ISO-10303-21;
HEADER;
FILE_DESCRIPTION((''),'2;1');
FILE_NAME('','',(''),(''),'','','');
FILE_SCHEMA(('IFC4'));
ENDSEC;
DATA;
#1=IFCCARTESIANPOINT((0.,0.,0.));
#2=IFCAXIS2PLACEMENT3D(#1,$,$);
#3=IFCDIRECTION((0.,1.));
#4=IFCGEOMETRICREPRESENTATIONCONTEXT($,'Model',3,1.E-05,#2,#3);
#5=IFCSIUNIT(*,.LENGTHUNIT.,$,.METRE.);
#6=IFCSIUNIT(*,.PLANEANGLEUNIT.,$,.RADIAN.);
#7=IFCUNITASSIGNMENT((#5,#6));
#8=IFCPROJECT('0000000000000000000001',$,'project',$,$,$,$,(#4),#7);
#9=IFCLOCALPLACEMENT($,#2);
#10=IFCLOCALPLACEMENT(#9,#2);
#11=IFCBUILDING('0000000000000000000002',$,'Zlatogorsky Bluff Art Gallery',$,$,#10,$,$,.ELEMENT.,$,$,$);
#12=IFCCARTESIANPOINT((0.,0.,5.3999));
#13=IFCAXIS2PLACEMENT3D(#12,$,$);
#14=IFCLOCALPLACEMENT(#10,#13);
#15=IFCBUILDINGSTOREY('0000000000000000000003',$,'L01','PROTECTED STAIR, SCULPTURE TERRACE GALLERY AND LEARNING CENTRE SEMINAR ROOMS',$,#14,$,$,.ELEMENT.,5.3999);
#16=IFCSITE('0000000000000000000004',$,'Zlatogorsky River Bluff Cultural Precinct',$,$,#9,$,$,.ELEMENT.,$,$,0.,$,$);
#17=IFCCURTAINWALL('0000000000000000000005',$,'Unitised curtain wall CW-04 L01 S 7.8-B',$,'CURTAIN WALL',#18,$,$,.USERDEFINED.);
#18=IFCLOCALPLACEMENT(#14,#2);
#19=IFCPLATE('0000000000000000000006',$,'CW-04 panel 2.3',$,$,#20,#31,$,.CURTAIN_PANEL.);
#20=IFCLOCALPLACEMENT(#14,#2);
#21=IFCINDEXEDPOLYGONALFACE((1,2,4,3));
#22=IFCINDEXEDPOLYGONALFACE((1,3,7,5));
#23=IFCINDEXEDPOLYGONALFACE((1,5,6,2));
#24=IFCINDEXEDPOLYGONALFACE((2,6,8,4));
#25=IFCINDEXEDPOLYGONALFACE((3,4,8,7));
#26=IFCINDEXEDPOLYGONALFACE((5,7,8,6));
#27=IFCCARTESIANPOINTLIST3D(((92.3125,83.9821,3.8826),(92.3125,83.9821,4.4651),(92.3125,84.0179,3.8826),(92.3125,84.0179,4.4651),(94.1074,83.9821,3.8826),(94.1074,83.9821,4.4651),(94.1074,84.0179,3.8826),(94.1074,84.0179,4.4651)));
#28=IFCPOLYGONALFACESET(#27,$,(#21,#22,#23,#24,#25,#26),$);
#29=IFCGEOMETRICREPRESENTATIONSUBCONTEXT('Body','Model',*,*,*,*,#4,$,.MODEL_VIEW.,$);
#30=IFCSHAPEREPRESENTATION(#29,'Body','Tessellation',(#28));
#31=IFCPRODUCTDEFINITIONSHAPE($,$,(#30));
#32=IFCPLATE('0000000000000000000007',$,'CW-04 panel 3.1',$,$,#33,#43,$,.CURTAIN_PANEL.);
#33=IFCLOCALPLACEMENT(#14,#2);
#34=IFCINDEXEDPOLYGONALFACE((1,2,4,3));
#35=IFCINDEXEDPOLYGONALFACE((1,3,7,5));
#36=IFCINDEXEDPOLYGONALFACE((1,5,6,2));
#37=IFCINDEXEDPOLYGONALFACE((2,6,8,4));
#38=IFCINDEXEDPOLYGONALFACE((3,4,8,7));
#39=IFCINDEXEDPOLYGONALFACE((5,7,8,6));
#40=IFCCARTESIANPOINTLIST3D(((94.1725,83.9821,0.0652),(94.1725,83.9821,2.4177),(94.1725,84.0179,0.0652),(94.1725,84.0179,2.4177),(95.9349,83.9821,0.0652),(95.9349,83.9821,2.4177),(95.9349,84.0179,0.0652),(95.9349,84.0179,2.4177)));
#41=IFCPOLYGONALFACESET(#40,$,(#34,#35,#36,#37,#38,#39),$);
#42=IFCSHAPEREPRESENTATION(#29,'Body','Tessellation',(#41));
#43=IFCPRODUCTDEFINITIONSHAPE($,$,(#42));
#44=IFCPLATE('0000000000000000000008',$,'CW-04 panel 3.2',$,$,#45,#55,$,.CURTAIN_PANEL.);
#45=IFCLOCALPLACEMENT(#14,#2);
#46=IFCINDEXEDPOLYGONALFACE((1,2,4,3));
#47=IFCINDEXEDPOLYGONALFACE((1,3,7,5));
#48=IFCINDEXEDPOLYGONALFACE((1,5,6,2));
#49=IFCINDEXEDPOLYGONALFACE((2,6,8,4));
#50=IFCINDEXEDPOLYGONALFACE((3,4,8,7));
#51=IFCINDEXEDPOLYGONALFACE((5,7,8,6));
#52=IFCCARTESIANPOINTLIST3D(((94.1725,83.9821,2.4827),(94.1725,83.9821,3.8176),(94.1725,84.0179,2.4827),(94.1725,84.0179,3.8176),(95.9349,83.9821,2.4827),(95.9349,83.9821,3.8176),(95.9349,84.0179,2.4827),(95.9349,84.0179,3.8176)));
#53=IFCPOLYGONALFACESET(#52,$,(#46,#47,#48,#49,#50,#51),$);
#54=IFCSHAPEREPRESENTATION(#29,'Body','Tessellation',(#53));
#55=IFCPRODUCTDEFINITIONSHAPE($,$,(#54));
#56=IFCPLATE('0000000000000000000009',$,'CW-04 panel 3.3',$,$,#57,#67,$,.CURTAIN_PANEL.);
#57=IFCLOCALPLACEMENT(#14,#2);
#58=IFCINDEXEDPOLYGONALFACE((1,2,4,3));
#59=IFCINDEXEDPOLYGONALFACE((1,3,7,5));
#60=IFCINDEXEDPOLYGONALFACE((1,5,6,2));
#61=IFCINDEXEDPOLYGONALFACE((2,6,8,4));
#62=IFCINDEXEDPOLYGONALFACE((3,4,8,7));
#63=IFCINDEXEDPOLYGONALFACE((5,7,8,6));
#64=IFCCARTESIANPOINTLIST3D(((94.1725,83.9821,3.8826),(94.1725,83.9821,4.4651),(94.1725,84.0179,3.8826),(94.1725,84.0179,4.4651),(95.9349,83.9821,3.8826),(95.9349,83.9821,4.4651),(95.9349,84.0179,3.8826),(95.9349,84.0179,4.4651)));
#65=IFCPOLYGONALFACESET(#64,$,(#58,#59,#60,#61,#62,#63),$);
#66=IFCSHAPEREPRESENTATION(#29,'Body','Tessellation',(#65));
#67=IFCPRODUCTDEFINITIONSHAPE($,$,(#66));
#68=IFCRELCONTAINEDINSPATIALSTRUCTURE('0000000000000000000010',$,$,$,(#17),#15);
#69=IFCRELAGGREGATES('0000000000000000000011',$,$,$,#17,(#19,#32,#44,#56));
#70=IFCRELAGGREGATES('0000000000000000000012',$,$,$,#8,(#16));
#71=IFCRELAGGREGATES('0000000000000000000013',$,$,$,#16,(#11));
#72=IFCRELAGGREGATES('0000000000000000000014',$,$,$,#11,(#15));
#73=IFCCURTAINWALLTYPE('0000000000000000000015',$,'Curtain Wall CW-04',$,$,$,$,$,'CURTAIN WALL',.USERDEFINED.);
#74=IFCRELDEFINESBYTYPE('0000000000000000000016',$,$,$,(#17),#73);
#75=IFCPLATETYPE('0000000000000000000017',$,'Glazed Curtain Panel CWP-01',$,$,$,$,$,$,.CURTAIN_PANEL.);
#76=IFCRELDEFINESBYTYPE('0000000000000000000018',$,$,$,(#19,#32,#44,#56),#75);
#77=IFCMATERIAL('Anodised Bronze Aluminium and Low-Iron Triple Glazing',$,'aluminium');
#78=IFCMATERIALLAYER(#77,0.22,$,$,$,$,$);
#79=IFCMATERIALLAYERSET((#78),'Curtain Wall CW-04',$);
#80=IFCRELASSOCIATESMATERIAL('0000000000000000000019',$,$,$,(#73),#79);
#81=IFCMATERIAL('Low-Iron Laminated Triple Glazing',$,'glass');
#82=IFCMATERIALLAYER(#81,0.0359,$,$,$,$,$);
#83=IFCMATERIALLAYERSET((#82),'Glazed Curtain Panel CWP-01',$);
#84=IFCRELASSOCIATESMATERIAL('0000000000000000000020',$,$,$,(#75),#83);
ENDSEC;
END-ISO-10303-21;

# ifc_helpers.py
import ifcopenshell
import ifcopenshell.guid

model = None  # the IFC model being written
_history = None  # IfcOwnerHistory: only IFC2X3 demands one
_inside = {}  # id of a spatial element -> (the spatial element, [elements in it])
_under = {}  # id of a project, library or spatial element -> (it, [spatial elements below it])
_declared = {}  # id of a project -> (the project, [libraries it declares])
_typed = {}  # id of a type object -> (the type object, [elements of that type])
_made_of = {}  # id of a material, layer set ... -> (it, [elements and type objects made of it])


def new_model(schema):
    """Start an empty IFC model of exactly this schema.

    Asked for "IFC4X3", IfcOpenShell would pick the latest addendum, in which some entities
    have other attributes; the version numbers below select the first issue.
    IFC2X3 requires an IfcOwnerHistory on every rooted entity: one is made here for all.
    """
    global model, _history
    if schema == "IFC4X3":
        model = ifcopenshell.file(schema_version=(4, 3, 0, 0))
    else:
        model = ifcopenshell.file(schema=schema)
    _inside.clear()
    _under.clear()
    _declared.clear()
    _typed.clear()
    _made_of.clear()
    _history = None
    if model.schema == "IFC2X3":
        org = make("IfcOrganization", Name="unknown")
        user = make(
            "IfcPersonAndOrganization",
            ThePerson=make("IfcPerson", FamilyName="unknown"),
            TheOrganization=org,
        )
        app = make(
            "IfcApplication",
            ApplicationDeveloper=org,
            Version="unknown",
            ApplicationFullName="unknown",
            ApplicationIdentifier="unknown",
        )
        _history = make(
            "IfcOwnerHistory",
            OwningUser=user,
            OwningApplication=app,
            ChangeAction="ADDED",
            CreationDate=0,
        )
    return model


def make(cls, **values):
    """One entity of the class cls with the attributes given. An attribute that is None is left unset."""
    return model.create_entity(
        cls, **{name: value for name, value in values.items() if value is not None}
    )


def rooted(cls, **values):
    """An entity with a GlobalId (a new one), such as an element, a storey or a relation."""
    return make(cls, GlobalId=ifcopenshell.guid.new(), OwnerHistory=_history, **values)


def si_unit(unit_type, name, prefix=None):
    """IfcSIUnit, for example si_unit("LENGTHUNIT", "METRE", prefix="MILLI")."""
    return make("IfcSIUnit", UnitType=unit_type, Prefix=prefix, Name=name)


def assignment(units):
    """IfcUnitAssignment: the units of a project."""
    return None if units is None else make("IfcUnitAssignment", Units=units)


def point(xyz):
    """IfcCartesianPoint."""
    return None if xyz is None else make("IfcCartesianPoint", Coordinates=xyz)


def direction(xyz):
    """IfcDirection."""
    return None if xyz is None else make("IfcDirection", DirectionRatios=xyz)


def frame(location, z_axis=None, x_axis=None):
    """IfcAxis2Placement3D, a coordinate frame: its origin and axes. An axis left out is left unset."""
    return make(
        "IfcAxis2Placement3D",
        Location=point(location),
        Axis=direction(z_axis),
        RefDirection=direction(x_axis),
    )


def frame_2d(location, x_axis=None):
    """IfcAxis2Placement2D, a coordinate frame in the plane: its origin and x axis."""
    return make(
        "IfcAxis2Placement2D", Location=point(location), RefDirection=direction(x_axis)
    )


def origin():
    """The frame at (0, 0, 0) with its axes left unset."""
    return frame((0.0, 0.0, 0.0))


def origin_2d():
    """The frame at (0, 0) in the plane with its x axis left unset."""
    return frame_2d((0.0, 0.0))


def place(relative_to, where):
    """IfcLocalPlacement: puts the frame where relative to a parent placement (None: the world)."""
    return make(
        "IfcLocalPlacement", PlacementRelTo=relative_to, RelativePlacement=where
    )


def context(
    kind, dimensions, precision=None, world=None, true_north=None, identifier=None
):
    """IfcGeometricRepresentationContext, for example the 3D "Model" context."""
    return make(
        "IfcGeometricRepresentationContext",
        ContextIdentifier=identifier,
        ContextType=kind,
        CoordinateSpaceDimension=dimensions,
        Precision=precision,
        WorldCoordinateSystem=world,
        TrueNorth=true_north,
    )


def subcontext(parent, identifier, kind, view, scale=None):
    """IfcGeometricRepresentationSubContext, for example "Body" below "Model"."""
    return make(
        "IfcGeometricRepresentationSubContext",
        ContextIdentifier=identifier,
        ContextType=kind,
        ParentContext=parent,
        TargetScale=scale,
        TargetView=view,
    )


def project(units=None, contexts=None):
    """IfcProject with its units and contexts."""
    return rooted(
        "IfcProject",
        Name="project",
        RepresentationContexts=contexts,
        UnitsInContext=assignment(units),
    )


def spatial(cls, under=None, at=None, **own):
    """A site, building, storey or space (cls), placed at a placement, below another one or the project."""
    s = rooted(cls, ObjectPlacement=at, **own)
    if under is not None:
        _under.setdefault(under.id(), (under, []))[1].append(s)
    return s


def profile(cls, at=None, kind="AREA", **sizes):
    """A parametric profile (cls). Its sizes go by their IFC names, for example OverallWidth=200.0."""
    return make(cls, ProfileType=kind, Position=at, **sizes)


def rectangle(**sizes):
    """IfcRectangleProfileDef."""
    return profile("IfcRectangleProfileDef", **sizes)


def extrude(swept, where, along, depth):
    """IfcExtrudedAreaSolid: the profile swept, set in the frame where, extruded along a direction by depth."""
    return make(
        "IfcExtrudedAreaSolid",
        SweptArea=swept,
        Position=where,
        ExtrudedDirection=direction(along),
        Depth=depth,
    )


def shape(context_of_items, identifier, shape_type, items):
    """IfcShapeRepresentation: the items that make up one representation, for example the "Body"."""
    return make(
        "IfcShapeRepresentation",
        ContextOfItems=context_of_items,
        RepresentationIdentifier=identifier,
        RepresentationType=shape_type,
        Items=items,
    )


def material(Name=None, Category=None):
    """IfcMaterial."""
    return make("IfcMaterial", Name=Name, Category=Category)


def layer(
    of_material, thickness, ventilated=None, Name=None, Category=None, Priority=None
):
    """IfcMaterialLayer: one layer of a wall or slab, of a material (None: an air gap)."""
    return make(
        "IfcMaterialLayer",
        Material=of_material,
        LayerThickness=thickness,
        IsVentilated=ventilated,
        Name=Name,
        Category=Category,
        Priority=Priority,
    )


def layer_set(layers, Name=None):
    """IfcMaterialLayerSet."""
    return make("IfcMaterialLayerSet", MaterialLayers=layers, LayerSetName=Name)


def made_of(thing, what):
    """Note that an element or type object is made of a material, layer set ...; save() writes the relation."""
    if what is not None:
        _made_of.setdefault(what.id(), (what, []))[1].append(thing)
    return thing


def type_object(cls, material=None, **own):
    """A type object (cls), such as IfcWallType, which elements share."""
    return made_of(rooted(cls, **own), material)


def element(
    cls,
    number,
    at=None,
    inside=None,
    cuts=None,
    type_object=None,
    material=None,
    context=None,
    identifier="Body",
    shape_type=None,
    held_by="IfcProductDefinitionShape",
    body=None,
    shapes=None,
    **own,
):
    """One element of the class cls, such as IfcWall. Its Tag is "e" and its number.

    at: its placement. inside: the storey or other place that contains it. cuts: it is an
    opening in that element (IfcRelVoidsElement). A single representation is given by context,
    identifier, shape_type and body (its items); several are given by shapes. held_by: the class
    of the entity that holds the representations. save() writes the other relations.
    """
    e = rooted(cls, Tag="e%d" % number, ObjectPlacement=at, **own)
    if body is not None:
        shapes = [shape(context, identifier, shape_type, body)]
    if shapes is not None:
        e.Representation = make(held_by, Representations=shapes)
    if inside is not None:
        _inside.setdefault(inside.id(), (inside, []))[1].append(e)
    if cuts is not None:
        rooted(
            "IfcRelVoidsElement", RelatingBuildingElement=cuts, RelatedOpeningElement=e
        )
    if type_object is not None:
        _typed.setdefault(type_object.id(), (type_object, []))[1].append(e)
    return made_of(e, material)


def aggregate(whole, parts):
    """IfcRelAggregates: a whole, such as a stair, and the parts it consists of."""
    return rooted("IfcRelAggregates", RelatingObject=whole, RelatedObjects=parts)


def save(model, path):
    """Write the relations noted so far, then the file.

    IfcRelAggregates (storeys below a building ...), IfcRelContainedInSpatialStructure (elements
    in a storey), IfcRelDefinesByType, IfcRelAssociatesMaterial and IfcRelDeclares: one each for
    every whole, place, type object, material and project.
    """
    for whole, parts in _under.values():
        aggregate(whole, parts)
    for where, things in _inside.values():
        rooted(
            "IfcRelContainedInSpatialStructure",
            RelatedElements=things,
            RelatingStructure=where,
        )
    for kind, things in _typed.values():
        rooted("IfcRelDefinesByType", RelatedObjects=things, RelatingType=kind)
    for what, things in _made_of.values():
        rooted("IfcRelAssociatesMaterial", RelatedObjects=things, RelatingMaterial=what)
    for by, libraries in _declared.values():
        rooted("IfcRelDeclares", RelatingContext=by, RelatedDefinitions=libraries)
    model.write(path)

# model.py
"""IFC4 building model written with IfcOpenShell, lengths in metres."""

from ifc_helpers import new_model, si_unit, direction, frame, origin, origin_2d, place, context, subcontext, project, spatial, rectangle, extrude, material, layer, layer_set, type_object, element, aggregate, save


model = new_model("IFC4")

# Units and contexts
model_context = context("Model", 3, precision=1e-05, world=origin(), true_north=direction((0.0, 1.0)))
body_context = subcontext(model_context, "Body", "Model", "MODEL_VIEW")
ifc_project = project(units=[si_unit("LENGTHUNIT", "METRE"), si_unit("PLANEANGLEUNIT", "RADIAN")], contexts=[model_context])

# Site, building, storey
site_placement = place(None, origin())
site = spatial("IfcSite", under=ifc_project, at=site_placement, Name="Zlatogorsky River Bluff Cultural Precinct", CompositionType="ELEMENT", RefElevation=0.0)
building_placement = place(site_placement, origin())
building = spatial("IfcBuilding", under=site, at=building_placement, Name="Zlatogorsky Bluff Art Gallery", CompositionType="ELEMENT")
storey_placement = place(building_placement, frame((0.0, 0.0, 5.3999)))
storey = spatial("IfcBuildingStorey", under=building, at=storey_placement, Name="L01", Description="PROTECTED STAIR, SCULPTURE TERRACE GALLERY AND LEARNING CENTRE SEMINAR ROOMS", CompositionType="ELEMENT", Elevation=5.3999)

# Curtain wall
ifc_material_1 = material(Name="Anodised Bronze Aluminium and Low-Iron Triple Glazing", Category="aluminium")
ifc_layer_1 = layer(ifc_material_1, 0.22)
ifc_layer_set_1 = layer_set([ifc_layer_1], Name="Curtain Wall CW-04")
curtain_wall_type = type_object("IfcCurtainWallType", Name="Curtain Wall CW-04", ElementType="CURTAIN WALL", PredefinedType="USERDEFINED", material=ifc_layer_set_1)
curtain_wall_1_placement = place(storey_placement, origin())
curtain_wall_1 = element("IfcCurtainWall", 1, at=curtain_wall_1_placement, inside=storey, type_object=curtain_wall_type, Name="Unitised curtain wall CW-04 L01 S 7.8-B", ObjectType="CURTAIN WALL", PredefinedType="USERDEFINED")

# Plates
ifc_material_2 = material(Name="Low-Iron Laminated Triple Glazing", Category="glass")
ifc_layer_2 = layer(ifc_material_2, 0.0359)
ifc_layer_set_2 = layer_set([ifc_layer_2], Name="Glazed Curtain Panel CWP-01")
plate_type = type_object("IfcPlateType", Name="Glazed Curtain Panel CWP-01", PredefinedType="CURTAIN_PANEL", material=ifc_layer_set_2)
plate_1_placement = place(storey_placement, frame((93.21, 84.0, 3.8826), z_axis=(0.0, 0.0, 1.0), x_axis=(1.0, 0.0, 0.0)))
plate_1 = element("IfcPlate", 2, at=plate_1_placement, type_object=plate_type, Name="CW-04 panel 2.3", PredefinedType="CURTAIN_PANEL", context=body_context, shape_type="SweptSolid", body=[
    extrude(rectangle(XDim=1.7949, YDim=0.0359, at=origin_2d()), origin(), (0.0, 0.0, 1.0), 0.5825),
])
plate_2_placement = place(storey_placement, frame((95.0537, 84.0, 0.0652), z_axis=(0.0, 0.0, 1.0), x_axis=(1.0, 0.0, 0.0)))
plate_2 = element("IfcPlate", 3, at=plate_2_placement, type_object=plate_type, Name="CW-04 panel 3.1", PredefinedType="CURTAIN_PANEL", context=body_context, shape_type="SweptSolid", body=[
    extrude(rectangle(XDim=1.7625, YDim=0.0359, at=origin_2d()), origin(), (0.0, 0.0, 1.0), 2.3525),
])
plate_3_placement = place(storey_placement, frame((95.0537, 84.0, 2.4827), z_axis=(0.0, 0.0, 1.0), x_axis=(1.0, 0.0, 0.0)))
plate_3 = element("IfcPlate", 4, at=plate_3_placement, type_object=plate_type, Name="CW-04 panel 3.2", PredefinedType="CURTAIN_PANEL", context=body_context, shape_type="SweptSolid", body=[
    extrude(rectangle(XDim=1.7625, YDim=0.0359, at=origin_2d()), origin(), (0.0, 0.0, 1.0), 1.335),
])
plate_4_placement = place(storey_placement, frame((95.0537, 84.0, 3.8826), z_axis=(0.0, 0.0, 1.0), x_axis=(1.0, 0.0, 0.0)))
plate_4 = element("IfcPlate", 5, at=plate_4_placement, type_object=plate_type, Name="CW-04 panel 3.3", PredefinedType="CURTAIN_PANEL", context=body_context, shape_type="SweptSolid", body=[
    extrude(rectangle(XDim=1.7625, YDim=0.0359, at=origin_2d()), origin(), (0.0, 0.0, 1.0), 0.5825),
])
aggregate(curtain_wall_1, [plate_1, plate_2, plate_3, plate_4])

save(model, "model.ifc")
